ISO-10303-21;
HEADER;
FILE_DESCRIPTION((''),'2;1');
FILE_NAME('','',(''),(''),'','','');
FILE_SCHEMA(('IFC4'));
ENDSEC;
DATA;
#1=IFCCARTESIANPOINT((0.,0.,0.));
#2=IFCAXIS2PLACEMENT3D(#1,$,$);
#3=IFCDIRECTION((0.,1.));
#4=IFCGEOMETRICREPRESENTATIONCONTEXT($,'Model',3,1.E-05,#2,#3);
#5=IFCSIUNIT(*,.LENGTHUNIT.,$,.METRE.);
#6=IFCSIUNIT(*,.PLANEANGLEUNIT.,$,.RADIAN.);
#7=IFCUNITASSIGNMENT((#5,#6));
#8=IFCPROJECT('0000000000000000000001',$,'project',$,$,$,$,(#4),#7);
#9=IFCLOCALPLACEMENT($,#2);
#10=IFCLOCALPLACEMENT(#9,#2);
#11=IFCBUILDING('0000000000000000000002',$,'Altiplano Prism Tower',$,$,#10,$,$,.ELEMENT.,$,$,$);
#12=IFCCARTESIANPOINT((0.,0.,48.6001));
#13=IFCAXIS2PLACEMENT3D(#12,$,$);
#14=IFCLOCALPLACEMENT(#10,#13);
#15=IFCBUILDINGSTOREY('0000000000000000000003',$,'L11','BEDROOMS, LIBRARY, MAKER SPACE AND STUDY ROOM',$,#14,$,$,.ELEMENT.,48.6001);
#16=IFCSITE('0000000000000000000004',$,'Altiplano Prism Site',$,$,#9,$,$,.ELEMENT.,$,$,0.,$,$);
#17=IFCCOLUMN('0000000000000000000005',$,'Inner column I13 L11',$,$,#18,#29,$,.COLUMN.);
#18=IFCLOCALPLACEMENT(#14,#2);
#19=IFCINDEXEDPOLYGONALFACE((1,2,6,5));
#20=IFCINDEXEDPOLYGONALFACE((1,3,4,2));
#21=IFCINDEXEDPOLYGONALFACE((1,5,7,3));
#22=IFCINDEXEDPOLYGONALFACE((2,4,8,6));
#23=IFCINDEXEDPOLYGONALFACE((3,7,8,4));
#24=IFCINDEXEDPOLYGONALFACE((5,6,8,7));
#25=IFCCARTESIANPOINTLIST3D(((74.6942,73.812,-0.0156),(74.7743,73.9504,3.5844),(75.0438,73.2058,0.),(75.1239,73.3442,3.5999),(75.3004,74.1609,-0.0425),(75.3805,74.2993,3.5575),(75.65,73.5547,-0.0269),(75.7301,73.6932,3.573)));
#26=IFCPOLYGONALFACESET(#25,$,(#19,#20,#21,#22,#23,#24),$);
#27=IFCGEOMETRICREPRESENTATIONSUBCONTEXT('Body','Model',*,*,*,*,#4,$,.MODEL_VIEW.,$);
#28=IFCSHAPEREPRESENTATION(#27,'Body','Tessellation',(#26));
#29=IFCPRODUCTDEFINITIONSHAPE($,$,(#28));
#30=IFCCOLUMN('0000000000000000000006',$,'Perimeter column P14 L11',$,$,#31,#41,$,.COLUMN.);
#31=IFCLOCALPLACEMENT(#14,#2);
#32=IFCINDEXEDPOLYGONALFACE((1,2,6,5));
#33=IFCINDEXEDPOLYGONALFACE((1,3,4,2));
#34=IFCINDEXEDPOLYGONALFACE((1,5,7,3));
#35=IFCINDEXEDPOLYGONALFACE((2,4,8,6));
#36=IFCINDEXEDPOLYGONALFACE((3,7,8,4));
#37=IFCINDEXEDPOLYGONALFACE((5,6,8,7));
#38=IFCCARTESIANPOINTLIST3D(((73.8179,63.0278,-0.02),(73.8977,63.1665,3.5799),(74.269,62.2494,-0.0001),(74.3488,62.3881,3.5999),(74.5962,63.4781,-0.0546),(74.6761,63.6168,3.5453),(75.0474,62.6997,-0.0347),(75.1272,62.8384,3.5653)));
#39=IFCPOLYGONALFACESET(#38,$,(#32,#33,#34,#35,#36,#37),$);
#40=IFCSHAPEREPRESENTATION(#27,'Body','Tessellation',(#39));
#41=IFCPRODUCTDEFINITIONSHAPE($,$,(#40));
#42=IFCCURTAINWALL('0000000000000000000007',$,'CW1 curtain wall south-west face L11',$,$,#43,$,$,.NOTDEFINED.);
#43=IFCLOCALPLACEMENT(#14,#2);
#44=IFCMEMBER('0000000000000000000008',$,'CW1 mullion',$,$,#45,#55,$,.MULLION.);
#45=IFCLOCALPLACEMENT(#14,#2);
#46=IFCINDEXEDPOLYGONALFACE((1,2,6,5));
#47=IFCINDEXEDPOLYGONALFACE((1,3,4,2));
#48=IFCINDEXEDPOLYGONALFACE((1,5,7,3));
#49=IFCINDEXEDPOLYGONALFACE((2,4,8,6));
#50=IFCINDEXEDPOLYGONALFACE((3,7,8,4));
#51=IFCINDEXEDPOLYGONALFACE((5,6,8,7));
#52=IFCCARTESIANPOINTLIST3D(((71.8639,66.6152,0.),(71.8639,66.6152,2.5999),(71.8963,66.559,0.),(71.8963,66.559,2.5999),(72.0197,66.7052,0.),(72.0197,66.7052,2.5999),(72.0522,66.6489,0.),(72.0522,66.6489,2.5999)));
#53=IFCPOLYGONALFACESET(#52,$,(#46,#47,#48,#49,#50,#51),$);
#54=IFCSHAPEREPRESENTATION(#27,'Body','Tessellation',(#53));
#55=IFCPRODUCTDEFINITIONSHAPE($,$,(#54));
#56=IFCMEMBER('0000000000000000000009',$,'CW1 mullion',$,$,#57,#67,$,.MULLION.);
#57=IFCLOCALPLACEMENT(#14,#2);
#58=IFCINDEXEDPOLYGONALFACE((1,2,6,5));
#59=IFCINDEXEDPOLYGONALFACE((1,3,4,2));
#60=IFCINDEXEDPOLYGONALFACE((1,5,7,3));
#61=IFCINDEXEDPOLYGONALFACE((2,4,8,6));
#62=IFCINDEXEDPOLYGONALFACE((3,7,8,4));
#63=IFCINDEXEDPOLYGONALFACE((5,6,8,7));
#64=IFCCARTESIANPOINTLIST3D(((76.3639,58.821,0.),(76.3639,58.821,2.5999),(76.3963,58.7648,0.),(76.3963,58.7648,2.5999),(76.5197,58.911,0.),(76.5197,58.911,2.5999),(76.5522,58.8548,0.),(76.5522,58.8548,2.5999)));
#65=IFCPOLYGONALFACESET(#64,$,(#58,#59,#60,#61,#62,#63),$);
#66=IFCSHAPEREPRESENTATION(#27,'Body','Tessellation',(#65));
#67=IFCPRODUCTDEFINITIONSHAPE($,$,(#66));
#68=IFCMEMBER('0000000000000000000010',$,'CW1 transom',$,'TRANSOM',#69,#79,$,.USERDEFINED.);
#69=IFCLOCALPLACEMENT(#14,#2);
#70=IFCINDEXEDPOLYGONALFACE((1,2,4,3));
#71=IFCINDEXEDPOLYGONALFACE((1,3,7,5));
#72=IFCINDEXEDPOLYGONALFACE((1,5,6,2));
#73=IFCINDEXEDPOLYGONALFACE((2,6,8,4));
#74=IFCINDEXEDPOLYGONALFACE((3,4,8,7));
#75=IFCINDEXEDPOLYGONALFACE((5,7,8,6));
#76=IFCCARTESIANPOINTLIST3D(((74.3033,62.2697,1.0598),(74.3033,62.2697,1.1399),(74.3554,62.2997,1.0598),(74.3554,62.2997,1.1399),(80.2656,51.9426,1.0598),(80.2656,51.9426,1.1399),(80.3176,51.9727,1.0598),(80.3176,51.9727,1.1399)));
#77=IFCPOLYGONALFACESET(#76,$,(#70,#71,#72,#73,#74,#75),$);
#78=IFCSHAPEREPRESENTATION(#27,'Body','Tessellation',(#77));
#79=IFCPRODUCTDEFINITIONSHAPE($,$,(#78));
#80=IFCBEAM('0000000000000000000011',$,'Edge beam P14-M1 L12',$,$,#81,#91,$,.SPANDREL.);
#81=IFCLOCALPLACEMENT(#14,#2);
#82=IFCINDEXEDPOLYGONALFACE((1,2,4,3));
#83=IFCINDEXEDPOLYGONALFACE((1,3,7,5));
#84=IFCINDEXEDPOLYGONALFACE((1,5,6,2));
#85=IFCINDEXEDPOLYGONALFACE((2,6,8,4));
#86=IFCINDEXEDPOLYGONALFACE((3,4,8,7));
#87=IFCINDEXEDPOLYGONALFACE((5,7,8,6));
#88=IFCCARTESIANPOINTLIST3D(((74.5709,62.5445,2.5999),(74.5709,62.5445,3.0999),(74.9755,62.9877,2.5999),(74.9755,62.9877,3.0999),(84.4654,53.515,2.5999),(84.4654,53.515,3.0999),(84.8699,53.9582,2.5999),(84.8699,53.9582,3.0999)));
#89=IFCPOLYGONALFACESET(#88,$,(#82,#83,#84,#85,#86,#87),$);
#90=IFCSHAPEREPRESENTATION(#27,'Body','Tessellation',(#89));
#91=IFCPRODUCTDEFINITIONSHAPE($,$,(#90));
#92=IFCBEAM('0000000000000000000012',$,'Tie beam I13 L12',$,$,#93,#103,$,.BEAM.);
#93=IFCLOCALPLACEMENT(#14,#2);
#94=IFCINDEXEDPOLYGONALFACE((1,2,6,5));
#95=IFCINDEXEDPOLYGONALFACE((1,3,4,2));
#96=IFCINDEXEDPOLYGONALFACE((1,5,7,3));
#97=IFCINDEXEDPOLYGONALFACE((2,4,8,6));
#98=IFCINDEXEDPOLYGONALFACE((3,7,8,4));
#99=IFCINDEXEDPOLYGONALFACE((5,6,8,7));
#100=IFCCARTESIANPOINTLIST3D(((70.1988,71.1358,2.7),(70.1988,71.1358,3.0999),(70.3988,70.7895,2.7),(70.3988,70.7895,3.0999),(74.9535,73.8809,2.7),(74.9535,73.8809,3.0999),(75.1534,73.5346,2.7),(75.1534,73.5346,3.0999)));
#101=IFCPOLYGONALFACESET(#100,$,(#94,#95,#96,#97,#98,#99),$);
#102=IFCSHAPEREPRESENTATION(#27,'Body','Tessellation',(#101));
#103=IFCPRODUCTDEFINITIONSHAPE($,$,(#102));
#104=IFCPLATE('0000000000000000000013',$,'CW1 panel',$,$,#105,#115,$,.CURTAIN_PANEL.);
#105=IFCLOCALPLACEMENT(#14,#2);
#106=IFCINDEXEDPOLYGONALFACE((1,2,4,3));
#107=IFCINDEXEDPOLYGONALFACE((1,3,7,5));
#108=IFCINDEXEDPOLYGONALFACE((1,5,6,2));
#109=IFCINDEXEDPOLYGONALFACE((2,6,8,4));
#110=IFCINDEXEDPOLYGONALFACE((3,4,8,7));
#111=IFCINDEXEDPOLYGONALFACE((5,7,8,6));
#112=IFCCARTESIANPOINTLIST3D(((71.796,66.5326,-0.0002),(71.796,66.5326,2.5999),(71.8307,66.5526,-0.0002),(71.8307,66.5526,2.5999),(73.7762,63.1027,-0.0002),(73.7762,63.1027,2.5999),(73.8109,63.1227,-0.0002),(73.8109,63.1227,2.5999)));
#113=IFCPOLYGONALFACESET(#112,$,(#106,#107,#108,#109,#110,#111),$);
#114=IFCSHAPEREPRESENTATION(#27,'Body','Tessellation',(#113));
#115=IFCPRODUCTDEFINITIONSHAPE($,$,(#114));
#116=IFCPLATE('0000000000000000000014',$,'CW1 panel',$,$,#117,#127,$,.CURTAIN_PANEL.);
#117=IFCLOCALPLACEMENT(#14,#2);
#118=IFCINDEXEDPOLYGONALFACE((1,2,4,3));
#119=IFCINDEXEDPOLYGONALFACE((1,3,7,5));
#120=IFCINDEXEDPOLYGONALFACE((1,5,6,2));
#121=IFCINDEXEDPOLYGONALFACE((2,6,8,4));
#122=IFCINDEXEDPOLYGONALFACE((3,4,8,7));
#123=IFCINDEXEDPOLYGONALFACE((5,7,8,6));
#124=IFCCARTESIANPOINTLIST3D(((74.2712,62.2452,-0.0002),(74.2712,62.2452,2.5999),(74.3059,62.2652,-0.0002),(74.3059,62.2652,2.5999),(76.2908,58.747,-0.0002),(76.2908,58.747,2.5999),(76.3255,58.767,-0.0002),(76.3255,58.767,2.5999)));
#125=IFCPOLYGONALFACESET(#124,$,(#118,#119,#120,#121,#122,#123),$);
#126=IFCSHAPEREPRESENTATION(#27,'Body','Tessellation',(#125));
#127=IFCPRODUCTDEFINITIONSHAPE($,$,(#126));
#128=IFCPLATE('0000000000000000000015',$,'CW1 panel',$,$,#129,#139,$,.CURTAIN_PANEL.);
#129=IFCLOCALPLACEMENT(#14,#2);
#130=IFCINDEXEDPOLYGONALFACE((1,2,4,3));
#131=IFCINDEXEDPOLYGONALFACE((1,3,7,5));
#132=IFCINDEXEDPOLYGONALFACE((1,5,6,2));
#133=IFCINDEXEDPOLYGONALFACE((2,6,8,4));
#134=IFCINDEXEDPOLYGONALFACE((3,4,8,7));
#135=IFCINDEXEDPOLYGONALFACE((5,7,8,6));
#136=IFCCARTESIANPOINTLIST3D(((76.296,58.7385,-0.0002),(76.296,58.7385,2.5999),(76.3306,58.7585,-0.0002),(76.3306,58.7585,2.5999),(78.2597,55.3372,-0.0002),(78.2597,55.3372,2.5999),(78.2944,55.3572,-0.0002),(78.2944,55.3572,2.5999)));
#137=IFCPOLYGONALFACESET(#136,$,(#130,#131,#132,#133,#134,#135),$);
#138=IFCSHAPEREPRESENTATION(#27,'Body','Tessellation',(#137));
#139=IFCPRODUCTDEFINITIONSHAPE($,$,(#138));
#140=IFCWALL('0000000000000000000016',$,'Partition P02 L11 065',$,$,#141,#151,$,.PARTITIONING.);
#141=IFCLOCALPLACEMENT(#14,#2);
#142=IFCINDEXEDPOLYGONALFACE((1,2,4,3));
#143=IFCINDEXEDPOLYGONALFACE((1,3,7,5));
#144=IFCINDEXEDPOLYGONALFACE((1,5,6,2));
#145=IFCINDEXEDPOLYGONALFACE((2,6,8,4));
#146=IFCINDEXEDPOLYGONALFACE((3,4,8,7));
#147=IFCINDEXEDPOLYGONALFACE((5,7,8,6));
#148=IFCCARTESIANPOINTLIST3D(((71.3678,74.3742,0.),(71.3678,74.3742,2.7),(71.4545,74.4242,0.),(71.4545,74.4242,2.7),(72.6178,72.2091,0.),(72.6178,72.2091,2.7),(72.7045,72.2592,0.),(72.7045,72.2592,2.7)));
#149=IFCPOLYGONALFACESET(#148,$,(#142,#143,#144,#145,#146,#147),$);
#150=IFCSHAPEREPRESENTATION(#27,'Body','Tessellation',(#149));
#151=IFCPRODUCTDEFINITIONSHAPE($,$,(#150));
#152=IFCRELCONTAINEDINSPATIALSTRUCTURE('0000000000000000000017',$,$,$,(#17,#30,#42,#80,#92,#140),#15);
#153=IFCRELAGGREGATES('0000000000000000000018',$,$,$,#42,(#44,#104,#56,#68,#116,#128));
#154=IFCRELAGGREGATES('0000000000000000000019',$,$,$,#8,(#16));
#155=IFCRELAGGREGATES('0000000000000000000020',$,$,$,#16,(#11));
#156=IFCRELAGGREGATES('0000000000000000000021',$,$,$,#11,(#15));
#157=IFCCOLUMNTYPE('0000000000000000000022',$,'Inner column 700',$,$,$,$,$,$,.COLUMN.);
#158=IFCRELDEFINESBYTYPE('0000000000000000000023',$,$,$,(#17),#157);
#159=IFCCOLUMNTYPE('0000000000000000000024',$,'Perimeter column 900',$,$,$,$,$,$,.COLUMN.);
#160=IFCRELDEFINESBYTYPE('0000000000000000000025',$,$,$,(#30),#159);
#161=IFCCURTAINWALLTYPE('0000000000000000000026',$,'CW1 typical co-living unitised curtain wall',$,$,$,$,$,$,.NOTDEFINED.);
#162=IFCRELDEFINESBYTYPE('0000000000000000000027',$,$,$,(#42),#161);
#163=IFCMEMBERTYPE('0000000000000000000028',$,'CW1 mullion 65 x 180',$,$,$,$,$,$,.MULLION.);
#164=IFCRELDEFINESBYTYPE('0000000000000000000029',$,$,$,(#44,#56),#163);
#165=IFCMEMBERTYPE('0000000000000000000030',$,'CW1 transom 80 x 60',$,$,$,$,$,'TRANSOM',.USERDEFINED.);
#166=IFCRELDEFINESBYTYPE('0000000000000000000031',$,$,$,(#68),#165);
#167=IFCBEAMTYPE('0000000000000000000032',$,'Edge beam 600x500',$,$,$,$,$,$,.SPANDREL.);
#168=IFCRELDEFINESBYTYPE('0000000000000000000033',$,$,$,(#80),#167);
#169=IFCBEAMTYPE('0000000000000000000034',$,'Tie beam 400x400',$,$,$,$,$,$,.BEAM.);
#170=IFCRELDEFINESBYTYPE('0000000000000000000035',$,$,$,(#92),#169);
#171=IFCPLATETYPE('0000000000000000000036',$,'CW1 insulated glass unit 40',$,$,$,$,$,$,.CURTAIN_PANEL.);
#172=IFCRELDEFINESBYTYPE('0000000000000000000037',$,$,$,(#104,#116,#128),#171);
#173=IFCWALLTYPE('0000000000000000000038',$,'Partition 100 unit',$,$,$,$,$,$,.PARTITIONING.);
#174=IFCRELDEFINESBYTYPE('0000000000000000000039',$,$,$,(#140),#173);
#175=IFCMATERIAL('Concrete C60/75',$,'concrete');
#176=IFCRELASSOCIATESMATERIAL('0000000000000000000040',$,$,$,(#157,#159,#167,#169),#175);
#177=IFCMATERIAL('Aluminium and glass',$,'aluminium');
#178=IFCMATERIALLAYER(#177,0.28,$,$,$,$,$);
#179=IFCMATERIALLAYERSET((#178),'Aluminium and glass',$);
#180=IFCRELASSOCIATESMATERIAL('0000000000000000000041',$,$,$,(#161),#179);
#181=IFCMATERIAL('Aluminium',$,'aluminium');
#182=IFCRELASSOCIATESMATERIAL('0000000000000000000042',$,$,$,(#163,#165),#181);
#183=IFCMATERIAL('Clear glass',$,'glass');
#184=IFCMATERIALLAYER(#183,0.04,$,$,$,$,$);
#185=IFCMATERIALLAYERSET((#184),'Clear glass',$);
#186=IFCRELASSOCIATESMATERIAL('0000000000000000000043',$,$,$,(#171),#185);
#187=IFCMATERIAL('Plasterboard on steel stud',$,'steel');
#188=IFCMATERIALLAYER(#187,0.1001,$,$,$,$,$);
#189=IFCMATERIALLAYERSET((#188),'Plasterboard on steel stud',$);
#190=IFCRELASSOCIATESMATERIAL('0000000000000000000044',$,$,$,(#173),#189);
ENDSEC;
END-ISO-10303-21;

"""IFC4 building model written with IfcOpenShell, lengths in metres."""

from ifc_helpers import new_model, si_unit, direction, frame, frame_2d, origin, origin_2d, place, context, subcontext, project, spatial, rectangle, extrude, material, layer, layer_set, material_profile, profile_set, type_object, element, aggregate, save


model = new_model("IFC4")

# Units and contexts
model_context = context("Model", 3, precision=1e-05, world=origin(), true_north=direction((0.0, 1.0)))
body_context = subcontext(model_context, "Body", "Model", "MODEL_VIEW")
ifc_project = project(units=[si_unit("LENGTHUNIT", "METRE"), si_unit("PLANEANGLEUNIT", "RADIAN")], contexts=[model_context])

# Site, building, storey
site_placement = place(None, origin())
site = spatial("IfcSite", under=ifc_project, at=site_placement, Name="Altiplano Prism Site", CompositionType="ELEMENT", RefElevation=0.0)
building_placement = place(site_placement, origin())
building = spatial("IfcBuilding", under=site, at=building_placement, Name="Altiplano Prism Tower", CompositionType="ELEMENT")
storey_placement = place(building_placement, frame((0.0, 0.0, 48.6001)))
storey = spatial("IfcBuildingStorey", under=building, at=storey_placement, Name="L11", Description="BEDROOMS, LIBRARY, MAKER SPACE AND STUDY ROOM", CompositionType="ELEMENT", Elevation=48.6001)

# Columns
ifc_material_1 = material(Name="Concrete C60/75", Category="concrete")
ifc_material_profile_1 = material_profile(ifc_material_1, rectangle(XDim=0.7, YDim=0.7, at=origin_2d()), Name="Inner column 700")
ifc_profile_set_1 = profile_set([ifc_material_profile_1], Name="Concrete C60/75")
column_type_1 = type_object("IfcColumnType", Name="Inner column 700", PredefinedType="COLUMN", material=ifc_profile_set_1)
column_1_placement = place(storey_placement, frame((75.1721, 73.6833, -0.0212), z_axis=(0.022223, 0.038416, 0.999015), x_axis=(-0.866023, -0.498525, 0.038435)))
element("IfcColumn", 1, at=column_1_placement, inside=storey, type_object=column_type_1, Name="Inner column I13 L11", PredefinedType="COLUMN", context=body_context, shape_type="SweptSolid", body=[
    extrude(rectangle(XDim=0.7, YDim=0.7, at=origin_2d()), origin(), (0.0, 0.0, 1.0), 3.6035),
])
ifc_material_profile_2 = material_profile(ifc_material_1, rectangle(XDim=0.8999, YDim=0.8999, at=origin_2d()), Name="Perimeter column 900")
ifc_profile_set_2 = profile_set([ifc_material_profile_2], Name="Concrete C60/75")
column_type_2 = type_object("IfcColumnType", Name="Perimeter column 900", PredefinedType="COLUMN", material=ifc_profile_set_2)
column_2_placement = place(storey_placement, frame((74.4326, 62.8638, -0.0273), z_axis=(0.022155, 0.038484, 0.999014), x_axis=(-0.864981, -0.500329, 0.038456)))
element("IfcColumn", 2, at=column_2_placement, inside=storey, type_object=column_type_2, Name="Perimeter column P14 L11", PredefinedType="COLUMN", context=body_context, shape_type="SweptSolid", body=[
    extrude(rectangle(XDim=0.8999, YDim=0.8999, at=origin_2d()), origin(), (0.0, 0.0, 1.0), 3.6035),
])

# Curtain wall, members
ifc_material_2 = material(Name="Aluminium and glass", Category="aluminium")
ifc_layer_1 = layer(ifc_material_2, 0.28)
ifc_layer_set_1 = layer_set([ifc_layer_1], Name="Aluminium and glass")
curtain_wall_type = type_object("IfcCurtainWallType", Name="CW1 typical co-living unitised curtain wall", PredefinedType="NOTDEFINED", material=ifc_layer_set_1)
curtain_wall_placement = place(storey_placement, origin())
curtain_wall = element("IfcCurtainWall", 3, at=curtain_wall_placement, inside=storey, type_object=curtain_wall_type, Name="CW1 curtain wall south-west face L11", PredefinedType="NOTDEFINED")
ifc_material_3 = material(Name="Aluminium", Category="aluminium")
ifc_material_profile_3 = material_profile(ifc_material_3, rectangle(XDim=0.1799, YDim=0.0649, at=origin_2d()), Name="CW1 mullion 65 x 180")
ifc_profile_set_3 = profile_set([ifc_material_profile_3], Name="Aluminium")
member_type_1 = type_object("IfcMemberType", Name="CW1 mullion 65 x 180", PredefinedType="MULLION", material=ifc_profile_set_3)
member_1_placement = place(storey_placement, frame((71.958, 66.6321, 0.0), z_axis=(0.0, 0.0, 1.0), x_axis=(0.866025, 0.5, 0.0)))
member_1 = element("IfcMember", 4, at=member_1_placement, type_object=member_type_1, Name="CW1 mullion", PredefinedType="MULLION", context=body_context, shape_type="SweptSolid", body=[
    extrude(rectangle(XDim=0.1799, YDim=0.0649, at=origin_2d()), origin(), (0.0, 0.0, 1.0), 2.5999),
])
member_2_placement = place(storey_placement, frame((76.458, 58.8379, 0.0), z_axis=(0.0, 0.0, 1.0), x_axis=(0.866025, 0.5, 0.0)))
member_2 = element("IfcMember", 5, at=member_2_placement, type_object=member_type_1, Name="CW1 mullion", PredefinedType="MULLION", context=body_context, shape_type="SweptSolid", body=[
    extrude(rectangle(XDim=0.1799, YDim=0.0649, at=origin_2d()), origin(), (0.0, 0.0, 1.0), 2.5999),
])
ifc_material_profile_4 = material_profile(ifc_material_3, rectangle(XDim=0.0601, YDim=0.0801, at=origin_2d()), Name="CW1 transom 80 x 60")
ifc_profile_set_4 = profile_set([ifc_material_profile_4], Name="Aluminium")
member_type_2 = type_object("IfcMemberType", Name="CW1 transom 80 x 60", ElementType="TRANSOM", PredefinedType="USERDEFINED", material=ifc_profile_set_4)
member_3_placement = place(storey_placement, frame((74.3293, 62.2847, 1.0999), z_axis=(0.499995, -0.866028, 0.0), x_axis=(0.866028, 0.499995, 0.0)))
member_3 = element("IfcMember", 6, at=member_3_placement, type_object=member_type_2, Name="CW1 transom", ObjectType="TRANSOM", PredefinedType="USERDEFINED", context=body_context, shape_type="SweptSolid", body=[
    extrude(rectangle(XDim=0.0601, YDim=0.0801, at=origin_2d()), origin(), (0.0, 0.0, 1.0), 11.9246),
])

# Beams
ifc_material_profile_5 = material_profile(ifc_material_1, rectangle(XDim=0.6001, YDim=0.5, at=origin_2d()), Name="Edge beam 600x500")
ifc_profile_set_5 = profile_set([ifc_material_profile_5], Name="Concrete C60/75")
beam_type_1 = type_object("IfcBeamType", Name="Edge beam 600x500", PredefinedType="SPANDREL", material=ifc_profile_set_5)
beam_1_placement = place(storey_placement, frame((74.7732, 62.7661, 2.8499), z_axis=(0.738656, -0.674082, 0.0), x_axis=(0.674082, 0.738656, 0.0)))
element("IfcBeam", 7, at=beam_1_placement, inside=storey, type_object=beam_type_1, Name="Edge beam P14-M1 L12", PredefinedType="SPANDREL", context=body_context, shape_type="SweptSolid", body=[
    extrude(rectangle(XDim=0.6001, YDim=0.5, at=origin_2d()), origin(), (0.0, 0.0, 1.0), 13.3953),
])
ifc_material_profile_6 = material_profile(ifc_material_1, rectangle(XDim=0.3999, YDim=0.3999, at=origin_2d()), Name="Tie beam 400x400")
ifc_profile_set_6 = profile_set([ifc_material_profile_6], Name="Concrete C60/75")
beam_type_2 = type_object("IfcBeamType", Name="Tie beam 400x400", PredefinedType="BEAM", material=ifc_profile_set_6)
beam_2_placement = place(storey_placement, frame((75.0535, 73.7078, 2.8999), z_axis=(-0.866023, -0.500003, 0.0), x_axis=(0.500003, -0.866023, 0.0)))
element("IfcBeam", 8, at=beam_2_placement, inside=storey, type_object=beam_type_2, Name="Tie beam I13 L12", PredefinedType="BEAM", context=body_context, shape_type="SweptSolid", body=[
    extrude(rectangle(XDim=0.3999, YDim=0.3999, at=origin_2d()), origin(), (0.0, 0.0, 1.0), 5.4902),
])

# Plates
ifc_material_4 = material(Name="Clear glass", Category="glass")
ifc_layer_2 = layer(ifc_material_4, 0.04)
ifc_layer_set_2 = layer_set([ifc_layer_2], Name="Clear glass")
plate_type = type_object("IfcPlateType", Name="CW1 insulated glass unit 40", PredefinedType="CURTAIN_PANEL", material=ifc_layer_set_2)
plate_1_placement = place(storey_placement, frame((72.8035, 64.8276, -0.0002), z_axis=(0.0, 0.0, 1.0), x_axis=(0.5, -0.866025, 0.0)))
plate_1 = element("IfcPlate", 9, at=plate_1_placement, type_object=plate_type, Name="CW1 panel", PredefinedType="CURTAIN_PANEL", context=body_context, shape_type="SweptSolid", body=[
    extrude(rectangle(XDim=3.9604, YDim=0.04, at=origin_2d()), origin(), (0.0, 0.0, 1.0), 2.6001),
])
plate_2_placement = place(storey_placement, frame((75.2983, 60.5061, -0.0002), z_axis=(0.0, 0.0, 1.0), x_axis=(0.5, -0.866025, 0.0)))
plate_2 = element("IfcPlate", 10, at=plate_2_placement, type_object=plate_type, Name="CW1 panel", PredefinedType="CURTAIN_PANEL", context=body_context, shape_type="SweptSolid", body=[
    extrude(rectangle(XDim=4.0393, YDim=0.04, at=origin_2d()), origin(), (0.0, 0.0, 1.0), 2.6001),
])
plate_3_placement = place(storey_placement, frame((77.2952, 57.0479, -0.0002), z_axis=(0.0, 0.0, 1.0), x_axis=(0.5, -0.866025, 0.0)))
plate_3 = element("IfcPlate", 11, at=plate_3_placement, type_object=plate_type, Name="CW1 panel", PredefinedType="CURTAIN_PANEL", context=body_context, shape_type="SweptSolid", body=[
    extrude(rectangle(XDim=3.9275, YDim=0.04, at=origin_2d()), origin(), (0.0, 0.0, 1.0), 2.6001),
])
aggregate(curtain_wall, [member_1, plate_1, member_2, member_3, plate_2, plate_3])

# Wall
ifc_material_5 = material(Name="Plasterboard on steel stud", Category="steel")
ifc_layer_3 = layer(ifc_material_5, 0.1001)
ifc_layer_set_3 = layer_set([ifc_layer_3], Name="Plasterboard on steel stud")
wall_type_1 = type_object("IfcWallType", Name="Partition 100 unit", PredefinedType="PARTITIONING", material=ifc_layer_set_3)
wall_1_placement = place(storey_placement, frame((72.6611, 72.2341, 0.0), z_axis=(0.0, 0.0, 1.0), x_axis=(-0.500004, 0.866023, 0.0)))
element("IfcWall", 12, at=wall_1_placement, inside=storey, type_object=wall_type_1, Name="Partition P02 L11 065", PredefinedType="PARTITIONING", context=body_context, shape_type="SweptSolid", body=[
    extrude(rectangle(XDim=2.5, YDim=0.1001, at=frame_2d((1.25, 0.0))), origin(), (0.0, 0.0, 1.0), 2.7),
])

save(model, "model.ifc")
